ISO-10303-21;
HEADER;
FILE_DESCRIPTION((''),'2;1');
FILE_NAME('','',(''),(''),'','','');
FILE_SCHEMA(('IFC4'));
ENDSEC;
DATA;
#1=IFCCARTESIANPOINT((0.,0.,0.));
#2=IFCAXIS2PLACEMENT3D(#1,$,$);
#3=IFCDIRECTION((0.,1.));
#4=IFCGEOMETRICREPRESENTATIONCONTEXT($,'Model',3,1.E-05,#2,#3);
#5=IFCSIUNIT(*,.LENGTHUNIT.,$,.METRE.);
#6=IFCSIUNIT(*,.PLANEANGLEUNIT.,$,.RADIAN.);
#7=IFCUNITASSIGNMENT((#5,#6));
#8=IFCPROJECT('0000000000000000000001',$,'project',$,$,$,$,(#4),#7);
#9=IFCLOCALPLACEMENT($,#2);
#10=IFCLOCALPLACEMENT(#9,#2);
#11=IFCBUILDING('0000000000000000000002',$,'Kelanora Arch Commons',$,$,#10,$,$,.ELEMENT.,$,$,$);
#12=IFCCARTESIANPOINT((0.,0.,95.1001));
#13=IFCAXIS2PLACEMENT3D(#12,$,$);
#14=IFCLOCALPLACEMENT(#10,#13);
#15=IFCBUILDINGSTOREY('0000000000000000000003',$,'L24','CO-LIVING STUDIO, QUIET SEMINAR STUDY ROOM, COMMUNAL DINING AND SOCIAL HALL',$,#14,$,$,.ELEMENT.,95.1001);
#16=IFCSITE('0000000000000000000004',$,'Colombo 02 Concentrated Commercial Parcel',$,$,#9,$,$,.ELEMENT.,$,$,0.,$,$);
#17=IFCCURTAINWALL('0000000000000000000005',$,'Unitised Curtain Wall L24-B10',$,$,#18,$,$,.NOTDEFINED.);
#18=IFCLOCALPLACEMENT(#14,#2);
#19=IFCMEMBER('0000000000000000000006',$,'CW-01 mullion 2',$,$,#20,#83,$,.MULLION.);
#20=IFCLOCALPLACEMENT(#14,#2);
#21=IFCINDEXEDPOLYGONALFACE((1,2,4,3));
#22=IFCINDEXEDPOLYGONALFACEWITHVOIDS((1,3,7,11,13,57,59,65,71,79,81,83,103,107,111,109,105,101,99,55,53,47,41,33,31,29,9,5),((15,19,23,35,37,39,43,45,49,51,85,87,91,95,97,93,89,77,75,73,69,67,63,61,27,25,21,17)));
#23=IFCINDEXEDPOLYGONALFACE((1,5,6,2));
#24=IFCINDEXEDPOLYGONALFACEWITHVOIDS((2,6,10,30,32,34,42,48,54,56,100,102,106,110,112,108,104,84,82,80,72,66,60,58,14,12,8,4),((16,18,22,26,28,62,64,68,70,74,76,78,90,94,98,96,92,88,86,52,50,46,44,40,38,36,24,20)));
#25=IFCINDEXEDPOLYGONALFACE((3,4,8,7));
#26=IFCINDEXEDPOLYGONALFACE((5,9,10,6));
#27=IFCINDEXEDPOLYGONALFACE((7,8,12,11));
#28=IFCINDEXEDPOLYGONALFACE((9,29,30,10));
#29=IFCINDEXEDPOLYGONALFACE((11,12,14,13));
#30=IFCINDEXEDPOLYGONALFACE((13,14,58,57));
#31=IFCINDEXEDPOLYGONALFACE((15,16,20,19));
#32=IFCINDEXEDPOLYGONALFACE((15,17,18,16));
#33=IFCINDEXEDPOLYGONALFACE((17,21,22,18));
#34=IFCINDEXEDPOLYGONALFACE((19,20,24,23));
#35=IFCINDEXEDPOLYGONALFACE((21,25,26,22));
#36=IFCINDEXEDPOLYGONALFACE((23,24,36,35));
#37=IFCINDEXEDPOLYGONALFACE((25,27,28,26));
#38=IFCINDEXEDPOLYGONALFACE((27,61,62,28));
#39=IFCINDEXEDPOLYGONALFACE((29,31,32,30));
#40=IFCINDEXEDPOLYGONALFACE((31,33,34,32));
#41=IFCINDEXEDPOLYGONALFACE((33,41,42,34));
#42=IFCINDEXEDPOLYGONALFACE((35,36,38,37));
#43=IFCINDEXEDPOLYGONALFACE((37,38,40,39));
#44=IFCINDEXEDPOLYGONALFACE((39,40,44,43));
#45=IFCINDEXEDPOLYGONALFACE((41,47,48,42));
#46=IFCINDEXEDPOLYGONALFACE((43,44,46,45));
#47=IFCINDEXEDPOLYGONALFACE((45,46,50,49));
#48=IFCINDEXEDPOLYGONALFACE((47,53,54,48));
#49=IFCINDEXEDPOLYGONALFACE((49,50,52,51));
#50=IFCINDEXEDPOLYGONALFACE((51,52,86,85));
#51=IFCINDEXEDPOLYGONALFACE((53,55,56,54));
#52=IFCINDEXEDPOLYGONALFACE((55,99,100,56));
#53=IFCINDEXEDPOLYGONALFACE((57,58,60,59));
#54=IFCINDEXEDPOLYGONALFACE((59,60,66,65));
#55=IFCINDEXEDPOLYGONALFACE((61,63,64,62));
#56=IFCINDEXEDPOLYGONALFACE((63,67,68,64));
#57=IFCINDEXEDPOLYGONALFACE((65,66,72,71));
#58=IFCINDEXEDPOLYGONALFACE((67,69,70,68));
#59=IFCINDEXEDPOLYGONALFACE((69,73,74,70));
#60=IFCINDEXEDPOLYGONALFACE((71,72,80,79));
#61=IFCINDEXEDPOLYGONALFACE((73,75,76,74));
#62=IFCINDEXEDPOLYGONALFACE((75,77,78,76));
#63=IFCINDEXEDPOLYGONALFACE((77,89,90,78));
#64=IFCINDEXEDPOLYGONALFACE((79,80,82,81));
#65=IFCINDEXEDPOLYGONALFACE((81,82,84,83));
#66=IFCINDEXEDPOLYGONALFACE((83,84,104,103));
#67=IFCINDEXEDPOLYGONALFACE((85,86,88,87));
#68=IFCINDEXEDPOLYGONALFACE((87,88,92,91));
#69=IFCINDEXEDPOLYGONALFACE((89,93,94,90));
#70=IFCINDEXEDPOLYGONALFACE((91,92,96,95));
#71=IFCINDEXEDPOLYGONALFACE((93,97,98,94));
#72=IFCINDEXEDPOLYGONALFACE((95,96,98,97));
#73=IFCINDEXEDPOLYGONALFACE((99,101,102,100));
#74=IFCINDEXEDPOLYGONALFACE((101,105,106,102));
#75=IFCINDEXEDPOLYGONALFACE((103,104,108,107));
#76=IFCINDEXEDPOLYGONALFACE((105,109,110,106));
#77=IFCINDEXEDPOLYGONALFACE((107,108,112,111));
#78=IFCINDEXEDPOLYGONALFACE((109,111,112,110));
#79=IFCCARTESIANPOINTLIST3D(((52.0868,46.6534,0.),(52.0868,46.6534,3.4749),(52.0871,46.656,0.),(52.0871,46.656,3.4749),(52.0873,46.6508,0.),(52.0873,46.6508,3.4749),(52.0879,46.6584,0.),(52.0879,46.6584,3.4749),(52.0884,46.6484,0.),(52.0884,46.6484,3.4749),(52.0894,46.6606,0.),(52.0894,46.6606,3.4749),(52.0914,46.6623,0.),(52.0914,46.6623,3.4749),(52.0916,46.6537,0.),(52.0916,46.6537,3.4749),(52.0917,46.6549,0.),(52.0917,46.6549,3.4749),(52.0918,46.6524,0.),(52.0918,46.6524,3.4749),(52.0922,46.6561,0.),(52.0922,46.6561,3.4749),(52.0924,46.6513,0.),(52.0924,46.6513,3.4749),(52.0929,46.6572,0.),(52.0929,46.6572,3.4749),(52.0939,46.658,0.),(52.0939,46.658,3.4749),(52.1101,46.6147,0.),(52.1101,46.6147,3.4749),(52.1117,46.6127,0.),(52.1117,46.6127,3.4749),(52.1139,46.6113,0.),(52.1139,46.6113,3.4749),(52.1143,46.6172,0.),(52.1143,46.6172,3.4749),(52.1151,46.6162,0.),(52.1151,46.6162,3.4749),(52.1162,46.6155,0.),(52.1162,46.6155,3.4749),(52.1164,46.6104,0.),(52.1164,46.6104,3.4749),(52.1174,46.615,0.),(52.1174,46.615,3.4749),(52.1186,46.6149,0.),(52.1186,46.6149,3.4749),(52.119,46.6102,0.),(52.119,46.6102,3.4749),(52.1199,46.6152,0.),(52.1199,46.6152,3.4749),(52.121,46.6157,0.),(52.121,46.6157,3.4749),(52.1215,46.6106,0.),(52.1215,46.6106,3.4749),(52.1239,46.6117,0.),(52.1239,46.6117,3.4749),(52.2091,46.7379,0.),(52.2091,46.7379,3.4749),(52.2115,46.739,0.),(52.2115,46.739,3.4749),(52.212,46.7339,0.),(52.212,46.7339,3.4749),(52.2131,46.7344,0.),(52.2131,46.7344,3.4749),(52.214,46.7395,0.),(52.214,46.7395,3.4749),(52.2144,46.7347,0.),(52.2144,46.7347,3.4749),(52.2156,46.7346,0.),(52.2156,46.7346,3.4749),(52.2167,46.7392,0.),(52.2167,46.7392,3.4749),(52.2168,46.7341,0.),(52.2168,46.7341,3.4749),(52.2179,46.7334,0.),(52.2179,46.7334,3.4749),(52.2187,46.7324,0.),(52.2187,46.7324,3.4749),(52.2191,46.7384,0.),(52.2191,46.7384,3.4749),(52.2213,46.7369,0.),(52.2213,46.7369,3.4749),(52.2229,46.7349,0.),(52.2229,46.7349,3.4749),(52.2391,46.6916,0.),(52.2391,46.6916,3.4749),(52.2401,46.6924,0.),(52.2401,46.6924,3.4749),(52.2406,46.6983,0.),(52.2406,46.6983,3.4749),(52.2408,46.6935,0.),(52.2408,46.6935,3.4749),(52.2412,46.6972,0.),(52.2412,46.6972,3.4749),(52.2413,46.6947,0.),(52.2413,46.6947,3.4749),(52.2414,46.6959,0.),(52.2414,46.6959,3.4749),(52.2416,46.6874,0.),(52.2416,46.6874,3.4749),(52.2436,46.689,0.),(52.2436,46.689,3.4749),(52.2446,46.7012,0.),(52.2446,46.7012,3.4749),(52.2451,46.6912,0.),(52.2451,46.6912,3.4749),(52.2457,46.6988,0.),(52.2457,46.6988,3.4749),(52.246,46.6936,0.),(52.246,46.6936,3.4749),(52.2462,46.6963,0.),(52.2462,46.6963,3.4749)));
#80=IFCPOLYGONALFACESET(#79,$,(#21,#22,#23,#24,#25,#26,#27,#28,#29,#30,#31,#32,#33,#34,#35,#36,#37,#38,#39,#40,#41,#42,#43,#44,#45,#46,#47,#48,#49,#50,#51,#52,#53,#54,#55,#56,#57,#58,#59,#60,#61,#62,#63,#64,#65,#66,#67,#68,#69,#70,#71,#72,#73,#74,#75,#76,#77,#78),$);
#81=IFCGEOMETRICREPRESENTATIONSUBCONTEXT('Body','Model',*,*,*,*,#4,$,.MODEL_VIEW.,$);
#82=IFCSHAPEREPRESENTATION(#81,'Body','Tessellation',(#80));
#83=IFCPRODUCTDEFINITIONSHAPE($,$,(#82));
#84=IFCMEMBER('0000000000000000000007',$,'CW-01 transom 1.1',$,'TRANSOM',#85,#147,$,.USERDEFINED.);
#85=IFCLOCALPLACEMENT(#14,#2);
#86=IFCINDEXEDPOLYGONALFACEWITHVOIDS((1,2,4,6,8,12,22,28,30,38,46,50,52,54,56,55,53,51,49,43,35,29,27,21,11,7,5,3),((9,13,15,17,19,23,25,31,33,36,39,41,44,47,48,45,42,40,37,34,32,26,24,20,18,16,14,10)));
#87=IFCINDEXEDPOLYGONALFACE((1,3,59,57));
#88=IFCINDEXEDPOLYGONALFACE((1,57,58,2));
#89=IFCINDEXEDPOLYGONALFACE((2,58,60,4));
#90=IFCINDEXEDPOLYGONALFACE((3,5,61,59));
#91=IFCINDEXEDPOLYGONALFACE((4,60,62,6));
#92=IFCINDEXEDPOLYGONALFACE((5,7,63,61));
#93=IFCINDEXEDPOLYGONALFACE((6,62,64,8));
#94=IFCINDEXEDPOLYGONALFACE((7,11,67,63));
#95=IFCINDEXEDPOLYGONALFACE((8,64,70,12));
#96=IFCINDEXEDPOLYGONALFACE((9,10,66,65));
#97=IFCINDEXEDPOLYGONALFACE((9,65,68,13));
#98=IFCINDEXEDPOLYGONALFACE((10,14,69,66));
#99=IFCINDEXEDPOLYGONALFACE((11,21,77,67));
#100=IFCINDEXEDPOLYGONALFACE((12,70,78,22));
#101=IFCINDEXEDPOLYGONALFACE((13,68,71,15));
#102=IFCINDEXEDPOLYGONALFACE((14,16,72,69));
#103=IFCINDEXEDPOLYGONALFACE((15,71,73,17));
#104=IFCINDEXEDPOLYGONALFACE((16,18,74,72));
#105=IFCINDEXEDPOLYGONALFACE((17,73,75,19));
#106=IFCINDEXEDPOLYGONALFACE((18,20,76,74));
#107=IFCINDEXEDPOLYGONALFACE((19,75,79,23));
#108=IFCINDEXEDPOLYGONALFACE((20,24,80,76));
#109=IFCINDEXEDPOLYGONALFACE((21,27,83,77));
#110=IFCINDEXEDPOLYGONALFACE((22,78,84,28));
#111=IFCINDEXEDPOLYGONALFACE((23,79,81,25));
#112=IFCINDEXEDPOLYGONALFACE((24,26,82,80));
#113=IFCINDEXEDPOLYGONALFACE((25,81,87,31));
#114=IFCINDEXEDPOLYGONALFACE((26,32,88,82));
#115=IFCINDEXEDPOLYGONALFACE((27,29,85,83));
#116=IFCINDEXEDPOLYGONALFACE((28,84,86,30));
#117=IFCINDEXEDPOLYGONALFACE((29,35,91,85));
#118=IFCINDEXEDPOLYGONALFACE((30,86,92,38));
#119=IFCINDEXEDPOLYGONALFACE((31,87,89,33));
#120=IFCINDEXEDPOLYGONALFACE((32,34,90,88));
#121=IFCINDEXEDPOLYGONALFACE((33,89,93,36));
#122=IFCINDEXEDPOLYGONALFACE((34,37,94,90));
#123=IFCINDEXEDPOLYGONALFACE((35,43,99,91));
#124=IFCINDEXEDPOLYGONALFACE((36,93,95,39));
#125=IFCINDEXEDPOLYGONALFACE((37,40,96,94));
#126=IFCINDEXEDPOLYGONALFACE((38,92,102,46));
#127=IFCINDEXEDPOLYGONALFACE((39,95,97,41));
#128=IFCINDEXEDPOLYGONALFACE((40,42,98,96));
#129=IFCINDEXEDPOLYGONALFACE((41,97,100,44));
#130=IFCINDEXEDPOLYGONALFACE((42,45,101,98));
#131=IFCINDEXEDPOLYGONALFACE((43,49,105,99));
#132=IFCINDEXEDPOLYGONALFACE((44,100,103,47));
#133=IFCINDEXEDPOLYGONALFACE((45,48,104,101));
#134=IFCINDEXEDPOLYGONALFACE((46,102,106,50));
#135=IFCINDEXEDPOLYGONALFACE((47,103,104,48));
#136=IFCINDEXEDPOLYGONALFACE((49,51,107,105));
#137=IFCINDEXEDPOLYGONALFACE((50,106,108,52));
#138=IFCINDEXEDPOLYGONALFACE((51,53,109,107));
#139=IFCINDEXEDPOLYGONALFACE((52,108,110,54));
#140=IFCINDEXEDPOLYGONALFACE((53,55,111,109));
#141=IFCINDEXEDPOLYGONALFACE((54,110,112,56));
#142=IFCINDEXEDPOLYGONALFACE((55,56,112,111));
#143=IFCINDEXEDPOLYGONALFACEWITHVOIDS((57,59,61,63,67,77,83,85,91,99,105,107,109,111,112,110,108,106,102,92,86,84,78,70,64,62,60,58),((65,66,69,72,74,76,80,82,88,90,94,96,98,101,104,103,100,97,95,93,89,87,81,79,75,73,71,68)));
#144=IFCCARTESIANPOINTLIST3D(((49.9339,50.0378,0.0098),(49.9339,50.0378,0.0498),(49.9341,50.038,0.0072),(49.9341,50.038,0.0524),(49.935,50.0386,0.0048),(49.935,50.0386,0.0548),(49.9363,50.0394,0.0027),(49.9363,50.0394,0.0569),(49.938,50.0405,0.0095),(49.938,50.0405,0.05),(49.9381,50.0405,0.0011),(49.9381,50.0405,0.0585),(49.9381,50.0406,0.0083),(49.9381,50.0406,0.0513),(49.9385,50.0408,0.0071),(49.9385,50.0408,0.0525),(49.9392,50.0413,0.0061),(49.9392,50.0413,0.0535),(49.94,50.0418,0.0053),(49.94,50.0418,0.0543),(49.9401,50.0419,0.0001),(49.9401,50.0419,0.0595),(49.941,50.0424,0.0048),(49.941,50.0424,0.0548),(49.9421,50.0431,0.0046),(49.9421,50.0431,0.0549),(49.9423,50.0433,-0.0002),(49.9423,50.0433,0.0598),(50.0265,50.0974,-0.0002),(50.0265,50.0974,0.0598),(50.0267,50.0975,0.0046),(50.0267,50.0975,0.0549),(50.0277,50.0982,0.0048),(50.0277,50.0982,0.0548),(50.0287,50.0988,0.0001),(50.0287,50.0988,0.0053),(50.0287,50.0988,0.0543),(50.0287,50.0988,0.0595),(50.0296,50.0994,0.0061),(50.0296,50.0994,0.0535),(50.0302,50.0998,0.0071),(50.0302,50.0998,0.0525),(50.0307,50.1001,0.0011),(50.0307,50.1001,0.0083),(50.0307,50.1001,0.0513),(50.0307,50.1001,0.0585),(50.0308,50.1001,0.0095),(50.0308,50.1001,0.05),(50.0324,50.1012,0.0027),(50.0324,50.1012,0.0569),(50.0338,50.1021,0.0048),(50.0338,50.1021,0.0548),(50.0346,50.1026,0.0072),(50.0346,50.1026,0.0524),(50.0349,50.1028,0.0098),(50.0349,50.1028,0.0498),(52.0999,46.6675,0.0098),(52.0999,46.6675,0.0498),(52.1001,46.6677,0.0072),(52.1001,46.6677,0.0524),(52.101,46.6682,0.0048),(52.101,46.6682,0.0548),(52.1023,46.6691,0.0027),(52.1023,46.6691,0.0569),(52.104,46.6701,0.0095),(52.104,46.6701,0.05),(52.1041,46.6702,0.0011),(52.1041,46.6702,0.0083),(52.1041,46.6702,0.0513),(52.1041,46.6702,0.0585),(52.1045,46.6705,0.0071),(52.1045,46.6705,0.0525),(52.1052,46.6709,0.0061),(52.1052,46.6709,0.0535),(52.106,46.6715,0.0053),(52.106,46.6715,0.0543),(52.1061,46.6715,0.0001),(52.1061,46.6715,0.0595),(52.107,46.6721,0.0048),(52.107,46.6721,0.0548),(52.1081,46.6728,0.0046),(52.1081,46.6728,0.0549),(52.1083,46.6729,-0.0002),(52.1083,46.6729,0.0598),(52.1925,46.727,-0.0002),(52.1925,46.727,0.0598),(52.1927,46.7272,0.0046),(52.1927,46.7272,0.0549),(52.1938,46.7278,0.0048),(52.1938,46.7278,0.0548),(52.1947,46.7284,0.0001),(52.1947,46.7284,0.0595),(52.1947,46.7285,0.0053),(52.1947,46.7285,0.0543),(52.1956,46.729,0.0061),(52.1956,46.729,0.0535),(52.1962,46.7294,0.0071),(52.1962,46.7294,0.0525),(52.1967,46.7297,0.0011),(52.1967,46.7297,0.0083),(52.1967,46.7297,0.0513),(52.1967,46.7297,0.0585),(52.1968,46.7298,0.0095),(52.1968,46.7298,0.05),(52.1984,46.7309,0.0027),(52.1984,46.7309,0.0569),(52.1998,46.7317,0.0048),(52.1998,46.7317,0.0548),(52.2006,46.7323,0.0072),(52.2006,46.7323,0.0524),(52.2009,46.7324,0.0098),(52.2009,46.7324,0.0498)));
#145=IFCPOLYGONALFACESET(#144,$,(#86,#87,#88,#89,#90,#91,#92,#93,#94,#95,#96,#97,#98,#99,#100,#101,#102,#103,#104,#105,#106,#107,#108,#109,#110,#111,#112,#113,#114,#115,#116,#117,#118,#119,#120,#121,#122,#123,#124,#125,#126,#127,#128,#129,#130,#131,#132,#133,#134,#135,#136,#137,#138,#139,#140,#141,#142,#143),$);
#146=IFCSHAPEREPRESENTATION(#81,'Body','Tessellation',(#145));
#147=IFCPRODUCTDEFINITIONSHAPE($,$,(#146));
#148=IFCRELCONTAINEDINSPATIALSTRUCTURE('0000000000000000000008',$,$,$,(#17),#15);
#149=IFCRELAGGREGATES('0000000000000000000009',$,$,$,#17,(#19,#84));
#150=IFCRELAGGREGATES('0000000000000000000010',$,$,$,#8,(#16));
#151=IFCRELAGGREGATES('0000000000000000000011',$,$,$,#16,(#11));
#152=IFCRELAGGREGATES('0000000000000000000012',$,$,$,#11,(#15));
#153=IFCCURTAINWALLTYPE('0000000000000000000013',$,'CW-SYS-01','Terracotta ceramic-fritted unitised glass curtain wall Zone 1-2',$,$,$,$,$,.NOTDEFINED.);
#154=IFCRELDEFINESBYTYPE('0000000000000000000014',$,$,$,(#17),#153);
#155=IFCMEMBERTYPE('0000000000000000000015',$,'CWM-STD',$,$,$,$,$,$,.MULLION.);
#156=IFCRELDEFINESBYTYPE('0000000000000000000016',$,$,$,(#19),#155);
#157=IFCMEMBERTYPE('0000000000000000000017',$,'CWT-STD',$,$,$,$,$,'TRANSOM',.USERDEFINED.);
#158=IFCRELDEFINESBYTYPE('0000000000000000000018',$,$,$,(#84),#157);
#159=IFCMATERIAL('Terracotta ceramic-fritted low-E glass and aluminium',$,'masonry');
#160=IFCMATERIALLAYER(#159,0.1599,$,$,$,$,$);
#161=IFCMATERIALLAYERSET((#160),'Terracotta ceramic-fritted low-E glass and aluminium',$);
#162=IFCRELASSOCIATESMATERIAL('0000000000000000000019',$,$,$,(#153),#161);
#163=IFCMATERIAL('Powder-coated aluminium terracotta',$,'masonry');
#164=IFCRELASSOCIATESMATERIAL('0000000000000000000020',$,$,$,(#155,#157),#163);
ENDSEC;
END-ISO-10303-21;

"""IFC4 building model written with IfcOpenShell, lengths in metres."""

from ifc_helpers import new_model, si_unit, direction, frame, origin, origin_2d, place, context, subcontext, project, spatial, hollow_rectangle, extrude, material, layer, layer_set, material_profile, profile_set, type_object, element, aggregate, save


model = new_model("IFC4")

# Units and contexts
model_context = context("Model", 3, precision=1e-05, world=origin(), true_north=direction((0.0, 1.0)))
body_context = subcontext(model_context, "Body", "Model", "MODEL_VIEW")
ifc_project = project(units=[si_unit("LENGTHUNIT", "METRE"), si_unit("PLANEANGLEUNIT", "RADIAN")], contexts=[model_context])

# Site, building, storey
site_placement = place(None, origin())
site = spatial("IfcSite", under=ifc_project, at=site_placement, Name="Colombo 02 Concentrated Commercial Parcel", CompositionType="ELEMENT", RefElevation=0.0)
building_placement = place(site_placement, origin())
building = spatial("IfcBuilding", under=site, at=building_placement, Name="Kelanora Arch Commons", CompositionType="ELEMENT")
storey_placement = place(building_placement, frame((0.0, 0.0, 95.1001)))
storey = spatial("IfcBuildingStorey", under=building, at=storey_placement, Name="L24", Description="CO-LIVING STUDIO, QUIET SEMINAR STUDY ROOM, COMMUNAL DINING AND SOCIAL HALL", CompositionType="ELEMENT", Elevation=95.1001)

# Shared definitions
ifc_material_1 = material(Name="Terracotta ceramic-fritted low-E glass and aluminium", Category="masonry")
ifc_layer_1 = layer(ifc_material_1, 0.1599)
ifc_layer_set_1 = layer_set([ifc_layer_1], Name="Terracotta ceramic-fritted low-E glass and aluminium")
curtain_wall_type = type_object("IfcCurtainWallType", Name="CW-SYS-01", Description="Terracotta ceramic-fritted unitised glass curtain wall Zone 1-2", PredefinedType="NOTDEFINED", material=ifc_layer_set_1)
ifc_material_2 = material(Name="Powder-coated aluminium terracotta", Category="masonry")
ifc_material_profile_1 = material_profile(ifc_material_2, hollow_rectangle(XDim=0.1599, YDim=0.0601, WallThickness=0.0049, InnerFilletRadius=0.0049, OuterFilletRadius=0.01, at=origin_2d()), Name="CWM160x60")
ifc_profile_set_1 = profile_set([ifc_material_profile_1], Name="Powder-coated aluminium terracotta")
member_type_1 = type_object("IfcMemberType", Name="CWM-STD", PredefinedType="MULLION", material=ifc_profile_set_1)

# Curtain wall, members
curtain_wall_1_placement = place(storey_placement, origin())
curtain_wall_1 = element("IfcCurtainWall", 1, at=curtain_wall_1_placement, inside=storey, type_object=curtain_wall_type, Name="Unitised Curtain Wall L24-B10", PredefinedType="NOTDEFINED")
member_1_placement = place(storey_placement, frame((52.1665, 46.6748, 0.0), z_axis=(0.0, 0.0, 1.0), x_axis=(0.841269, 0.540617, 0.0)))
member_1 = element("IfcMember", 2, at=member_1_placement, type_object=member_type_1, Name="CW-01 mullion 2", PredefinedType="MULLION", context=body_context, shape_type="SweptSolid", body=[
    extrude(hollow_rectangle(XDim=0.1599, YDim=0.0601, WallThickness=0.0049, InnerFilletRadius=0.0049, OuterFilletRadius=0.01, at=origin_2d()), origin(), (0.0, 0.0, 1.0), 3.4749),
])
ifc_material_profile_2 = material_profile(ifc_material_2, hollow_rectangle(XDim=0.1201, YDim=0.0601, WallThickness=0.0049, InnerFilletRadius=0.0049, OuterFilletRadius=0.01, at=origin_2d()), Name="CWT120x60")
ifc_profile_set_2 = profile_set([ifc_material_profile_2], Name="Powder-coated aluminium terracotta")
member_type_2 = type_object("IfcMemberType", Name="CWT-STD", ElementType="TRANSOM", PredefinedType="USERDEFINED", material=ifc_profile_set_2)
member_2_placement = place(storey_placement, frame((49.9844, 50.0703, 0.0298), z_axis=(0.540644, -0.841252, 0.0), x_axis=(0.841252, 0.540644, 0.0)))
member_2 = element("IfcMember", 3, at=member_2_placement, type_object=member_type_2, Name="CW-01 transom 1.1", ObjectType="TRANSOM", PredefinedType="USERDEFINED", context=body_context, shape_type="SweptSolid", body=[
    extrude(hollow_rectangle(XDim=0.1201, YDim=0.0601, WallThickness=0.0049, InnerFilletRadius=0.0049, OuterFilletRadius=0.01, at=origin_2d()), origin(), (0.0, 0.0, 1.0), 4.0063),
])

aggregate(curtain_wall_1, [member_1, member_2])

save(model, "model.ifc")
